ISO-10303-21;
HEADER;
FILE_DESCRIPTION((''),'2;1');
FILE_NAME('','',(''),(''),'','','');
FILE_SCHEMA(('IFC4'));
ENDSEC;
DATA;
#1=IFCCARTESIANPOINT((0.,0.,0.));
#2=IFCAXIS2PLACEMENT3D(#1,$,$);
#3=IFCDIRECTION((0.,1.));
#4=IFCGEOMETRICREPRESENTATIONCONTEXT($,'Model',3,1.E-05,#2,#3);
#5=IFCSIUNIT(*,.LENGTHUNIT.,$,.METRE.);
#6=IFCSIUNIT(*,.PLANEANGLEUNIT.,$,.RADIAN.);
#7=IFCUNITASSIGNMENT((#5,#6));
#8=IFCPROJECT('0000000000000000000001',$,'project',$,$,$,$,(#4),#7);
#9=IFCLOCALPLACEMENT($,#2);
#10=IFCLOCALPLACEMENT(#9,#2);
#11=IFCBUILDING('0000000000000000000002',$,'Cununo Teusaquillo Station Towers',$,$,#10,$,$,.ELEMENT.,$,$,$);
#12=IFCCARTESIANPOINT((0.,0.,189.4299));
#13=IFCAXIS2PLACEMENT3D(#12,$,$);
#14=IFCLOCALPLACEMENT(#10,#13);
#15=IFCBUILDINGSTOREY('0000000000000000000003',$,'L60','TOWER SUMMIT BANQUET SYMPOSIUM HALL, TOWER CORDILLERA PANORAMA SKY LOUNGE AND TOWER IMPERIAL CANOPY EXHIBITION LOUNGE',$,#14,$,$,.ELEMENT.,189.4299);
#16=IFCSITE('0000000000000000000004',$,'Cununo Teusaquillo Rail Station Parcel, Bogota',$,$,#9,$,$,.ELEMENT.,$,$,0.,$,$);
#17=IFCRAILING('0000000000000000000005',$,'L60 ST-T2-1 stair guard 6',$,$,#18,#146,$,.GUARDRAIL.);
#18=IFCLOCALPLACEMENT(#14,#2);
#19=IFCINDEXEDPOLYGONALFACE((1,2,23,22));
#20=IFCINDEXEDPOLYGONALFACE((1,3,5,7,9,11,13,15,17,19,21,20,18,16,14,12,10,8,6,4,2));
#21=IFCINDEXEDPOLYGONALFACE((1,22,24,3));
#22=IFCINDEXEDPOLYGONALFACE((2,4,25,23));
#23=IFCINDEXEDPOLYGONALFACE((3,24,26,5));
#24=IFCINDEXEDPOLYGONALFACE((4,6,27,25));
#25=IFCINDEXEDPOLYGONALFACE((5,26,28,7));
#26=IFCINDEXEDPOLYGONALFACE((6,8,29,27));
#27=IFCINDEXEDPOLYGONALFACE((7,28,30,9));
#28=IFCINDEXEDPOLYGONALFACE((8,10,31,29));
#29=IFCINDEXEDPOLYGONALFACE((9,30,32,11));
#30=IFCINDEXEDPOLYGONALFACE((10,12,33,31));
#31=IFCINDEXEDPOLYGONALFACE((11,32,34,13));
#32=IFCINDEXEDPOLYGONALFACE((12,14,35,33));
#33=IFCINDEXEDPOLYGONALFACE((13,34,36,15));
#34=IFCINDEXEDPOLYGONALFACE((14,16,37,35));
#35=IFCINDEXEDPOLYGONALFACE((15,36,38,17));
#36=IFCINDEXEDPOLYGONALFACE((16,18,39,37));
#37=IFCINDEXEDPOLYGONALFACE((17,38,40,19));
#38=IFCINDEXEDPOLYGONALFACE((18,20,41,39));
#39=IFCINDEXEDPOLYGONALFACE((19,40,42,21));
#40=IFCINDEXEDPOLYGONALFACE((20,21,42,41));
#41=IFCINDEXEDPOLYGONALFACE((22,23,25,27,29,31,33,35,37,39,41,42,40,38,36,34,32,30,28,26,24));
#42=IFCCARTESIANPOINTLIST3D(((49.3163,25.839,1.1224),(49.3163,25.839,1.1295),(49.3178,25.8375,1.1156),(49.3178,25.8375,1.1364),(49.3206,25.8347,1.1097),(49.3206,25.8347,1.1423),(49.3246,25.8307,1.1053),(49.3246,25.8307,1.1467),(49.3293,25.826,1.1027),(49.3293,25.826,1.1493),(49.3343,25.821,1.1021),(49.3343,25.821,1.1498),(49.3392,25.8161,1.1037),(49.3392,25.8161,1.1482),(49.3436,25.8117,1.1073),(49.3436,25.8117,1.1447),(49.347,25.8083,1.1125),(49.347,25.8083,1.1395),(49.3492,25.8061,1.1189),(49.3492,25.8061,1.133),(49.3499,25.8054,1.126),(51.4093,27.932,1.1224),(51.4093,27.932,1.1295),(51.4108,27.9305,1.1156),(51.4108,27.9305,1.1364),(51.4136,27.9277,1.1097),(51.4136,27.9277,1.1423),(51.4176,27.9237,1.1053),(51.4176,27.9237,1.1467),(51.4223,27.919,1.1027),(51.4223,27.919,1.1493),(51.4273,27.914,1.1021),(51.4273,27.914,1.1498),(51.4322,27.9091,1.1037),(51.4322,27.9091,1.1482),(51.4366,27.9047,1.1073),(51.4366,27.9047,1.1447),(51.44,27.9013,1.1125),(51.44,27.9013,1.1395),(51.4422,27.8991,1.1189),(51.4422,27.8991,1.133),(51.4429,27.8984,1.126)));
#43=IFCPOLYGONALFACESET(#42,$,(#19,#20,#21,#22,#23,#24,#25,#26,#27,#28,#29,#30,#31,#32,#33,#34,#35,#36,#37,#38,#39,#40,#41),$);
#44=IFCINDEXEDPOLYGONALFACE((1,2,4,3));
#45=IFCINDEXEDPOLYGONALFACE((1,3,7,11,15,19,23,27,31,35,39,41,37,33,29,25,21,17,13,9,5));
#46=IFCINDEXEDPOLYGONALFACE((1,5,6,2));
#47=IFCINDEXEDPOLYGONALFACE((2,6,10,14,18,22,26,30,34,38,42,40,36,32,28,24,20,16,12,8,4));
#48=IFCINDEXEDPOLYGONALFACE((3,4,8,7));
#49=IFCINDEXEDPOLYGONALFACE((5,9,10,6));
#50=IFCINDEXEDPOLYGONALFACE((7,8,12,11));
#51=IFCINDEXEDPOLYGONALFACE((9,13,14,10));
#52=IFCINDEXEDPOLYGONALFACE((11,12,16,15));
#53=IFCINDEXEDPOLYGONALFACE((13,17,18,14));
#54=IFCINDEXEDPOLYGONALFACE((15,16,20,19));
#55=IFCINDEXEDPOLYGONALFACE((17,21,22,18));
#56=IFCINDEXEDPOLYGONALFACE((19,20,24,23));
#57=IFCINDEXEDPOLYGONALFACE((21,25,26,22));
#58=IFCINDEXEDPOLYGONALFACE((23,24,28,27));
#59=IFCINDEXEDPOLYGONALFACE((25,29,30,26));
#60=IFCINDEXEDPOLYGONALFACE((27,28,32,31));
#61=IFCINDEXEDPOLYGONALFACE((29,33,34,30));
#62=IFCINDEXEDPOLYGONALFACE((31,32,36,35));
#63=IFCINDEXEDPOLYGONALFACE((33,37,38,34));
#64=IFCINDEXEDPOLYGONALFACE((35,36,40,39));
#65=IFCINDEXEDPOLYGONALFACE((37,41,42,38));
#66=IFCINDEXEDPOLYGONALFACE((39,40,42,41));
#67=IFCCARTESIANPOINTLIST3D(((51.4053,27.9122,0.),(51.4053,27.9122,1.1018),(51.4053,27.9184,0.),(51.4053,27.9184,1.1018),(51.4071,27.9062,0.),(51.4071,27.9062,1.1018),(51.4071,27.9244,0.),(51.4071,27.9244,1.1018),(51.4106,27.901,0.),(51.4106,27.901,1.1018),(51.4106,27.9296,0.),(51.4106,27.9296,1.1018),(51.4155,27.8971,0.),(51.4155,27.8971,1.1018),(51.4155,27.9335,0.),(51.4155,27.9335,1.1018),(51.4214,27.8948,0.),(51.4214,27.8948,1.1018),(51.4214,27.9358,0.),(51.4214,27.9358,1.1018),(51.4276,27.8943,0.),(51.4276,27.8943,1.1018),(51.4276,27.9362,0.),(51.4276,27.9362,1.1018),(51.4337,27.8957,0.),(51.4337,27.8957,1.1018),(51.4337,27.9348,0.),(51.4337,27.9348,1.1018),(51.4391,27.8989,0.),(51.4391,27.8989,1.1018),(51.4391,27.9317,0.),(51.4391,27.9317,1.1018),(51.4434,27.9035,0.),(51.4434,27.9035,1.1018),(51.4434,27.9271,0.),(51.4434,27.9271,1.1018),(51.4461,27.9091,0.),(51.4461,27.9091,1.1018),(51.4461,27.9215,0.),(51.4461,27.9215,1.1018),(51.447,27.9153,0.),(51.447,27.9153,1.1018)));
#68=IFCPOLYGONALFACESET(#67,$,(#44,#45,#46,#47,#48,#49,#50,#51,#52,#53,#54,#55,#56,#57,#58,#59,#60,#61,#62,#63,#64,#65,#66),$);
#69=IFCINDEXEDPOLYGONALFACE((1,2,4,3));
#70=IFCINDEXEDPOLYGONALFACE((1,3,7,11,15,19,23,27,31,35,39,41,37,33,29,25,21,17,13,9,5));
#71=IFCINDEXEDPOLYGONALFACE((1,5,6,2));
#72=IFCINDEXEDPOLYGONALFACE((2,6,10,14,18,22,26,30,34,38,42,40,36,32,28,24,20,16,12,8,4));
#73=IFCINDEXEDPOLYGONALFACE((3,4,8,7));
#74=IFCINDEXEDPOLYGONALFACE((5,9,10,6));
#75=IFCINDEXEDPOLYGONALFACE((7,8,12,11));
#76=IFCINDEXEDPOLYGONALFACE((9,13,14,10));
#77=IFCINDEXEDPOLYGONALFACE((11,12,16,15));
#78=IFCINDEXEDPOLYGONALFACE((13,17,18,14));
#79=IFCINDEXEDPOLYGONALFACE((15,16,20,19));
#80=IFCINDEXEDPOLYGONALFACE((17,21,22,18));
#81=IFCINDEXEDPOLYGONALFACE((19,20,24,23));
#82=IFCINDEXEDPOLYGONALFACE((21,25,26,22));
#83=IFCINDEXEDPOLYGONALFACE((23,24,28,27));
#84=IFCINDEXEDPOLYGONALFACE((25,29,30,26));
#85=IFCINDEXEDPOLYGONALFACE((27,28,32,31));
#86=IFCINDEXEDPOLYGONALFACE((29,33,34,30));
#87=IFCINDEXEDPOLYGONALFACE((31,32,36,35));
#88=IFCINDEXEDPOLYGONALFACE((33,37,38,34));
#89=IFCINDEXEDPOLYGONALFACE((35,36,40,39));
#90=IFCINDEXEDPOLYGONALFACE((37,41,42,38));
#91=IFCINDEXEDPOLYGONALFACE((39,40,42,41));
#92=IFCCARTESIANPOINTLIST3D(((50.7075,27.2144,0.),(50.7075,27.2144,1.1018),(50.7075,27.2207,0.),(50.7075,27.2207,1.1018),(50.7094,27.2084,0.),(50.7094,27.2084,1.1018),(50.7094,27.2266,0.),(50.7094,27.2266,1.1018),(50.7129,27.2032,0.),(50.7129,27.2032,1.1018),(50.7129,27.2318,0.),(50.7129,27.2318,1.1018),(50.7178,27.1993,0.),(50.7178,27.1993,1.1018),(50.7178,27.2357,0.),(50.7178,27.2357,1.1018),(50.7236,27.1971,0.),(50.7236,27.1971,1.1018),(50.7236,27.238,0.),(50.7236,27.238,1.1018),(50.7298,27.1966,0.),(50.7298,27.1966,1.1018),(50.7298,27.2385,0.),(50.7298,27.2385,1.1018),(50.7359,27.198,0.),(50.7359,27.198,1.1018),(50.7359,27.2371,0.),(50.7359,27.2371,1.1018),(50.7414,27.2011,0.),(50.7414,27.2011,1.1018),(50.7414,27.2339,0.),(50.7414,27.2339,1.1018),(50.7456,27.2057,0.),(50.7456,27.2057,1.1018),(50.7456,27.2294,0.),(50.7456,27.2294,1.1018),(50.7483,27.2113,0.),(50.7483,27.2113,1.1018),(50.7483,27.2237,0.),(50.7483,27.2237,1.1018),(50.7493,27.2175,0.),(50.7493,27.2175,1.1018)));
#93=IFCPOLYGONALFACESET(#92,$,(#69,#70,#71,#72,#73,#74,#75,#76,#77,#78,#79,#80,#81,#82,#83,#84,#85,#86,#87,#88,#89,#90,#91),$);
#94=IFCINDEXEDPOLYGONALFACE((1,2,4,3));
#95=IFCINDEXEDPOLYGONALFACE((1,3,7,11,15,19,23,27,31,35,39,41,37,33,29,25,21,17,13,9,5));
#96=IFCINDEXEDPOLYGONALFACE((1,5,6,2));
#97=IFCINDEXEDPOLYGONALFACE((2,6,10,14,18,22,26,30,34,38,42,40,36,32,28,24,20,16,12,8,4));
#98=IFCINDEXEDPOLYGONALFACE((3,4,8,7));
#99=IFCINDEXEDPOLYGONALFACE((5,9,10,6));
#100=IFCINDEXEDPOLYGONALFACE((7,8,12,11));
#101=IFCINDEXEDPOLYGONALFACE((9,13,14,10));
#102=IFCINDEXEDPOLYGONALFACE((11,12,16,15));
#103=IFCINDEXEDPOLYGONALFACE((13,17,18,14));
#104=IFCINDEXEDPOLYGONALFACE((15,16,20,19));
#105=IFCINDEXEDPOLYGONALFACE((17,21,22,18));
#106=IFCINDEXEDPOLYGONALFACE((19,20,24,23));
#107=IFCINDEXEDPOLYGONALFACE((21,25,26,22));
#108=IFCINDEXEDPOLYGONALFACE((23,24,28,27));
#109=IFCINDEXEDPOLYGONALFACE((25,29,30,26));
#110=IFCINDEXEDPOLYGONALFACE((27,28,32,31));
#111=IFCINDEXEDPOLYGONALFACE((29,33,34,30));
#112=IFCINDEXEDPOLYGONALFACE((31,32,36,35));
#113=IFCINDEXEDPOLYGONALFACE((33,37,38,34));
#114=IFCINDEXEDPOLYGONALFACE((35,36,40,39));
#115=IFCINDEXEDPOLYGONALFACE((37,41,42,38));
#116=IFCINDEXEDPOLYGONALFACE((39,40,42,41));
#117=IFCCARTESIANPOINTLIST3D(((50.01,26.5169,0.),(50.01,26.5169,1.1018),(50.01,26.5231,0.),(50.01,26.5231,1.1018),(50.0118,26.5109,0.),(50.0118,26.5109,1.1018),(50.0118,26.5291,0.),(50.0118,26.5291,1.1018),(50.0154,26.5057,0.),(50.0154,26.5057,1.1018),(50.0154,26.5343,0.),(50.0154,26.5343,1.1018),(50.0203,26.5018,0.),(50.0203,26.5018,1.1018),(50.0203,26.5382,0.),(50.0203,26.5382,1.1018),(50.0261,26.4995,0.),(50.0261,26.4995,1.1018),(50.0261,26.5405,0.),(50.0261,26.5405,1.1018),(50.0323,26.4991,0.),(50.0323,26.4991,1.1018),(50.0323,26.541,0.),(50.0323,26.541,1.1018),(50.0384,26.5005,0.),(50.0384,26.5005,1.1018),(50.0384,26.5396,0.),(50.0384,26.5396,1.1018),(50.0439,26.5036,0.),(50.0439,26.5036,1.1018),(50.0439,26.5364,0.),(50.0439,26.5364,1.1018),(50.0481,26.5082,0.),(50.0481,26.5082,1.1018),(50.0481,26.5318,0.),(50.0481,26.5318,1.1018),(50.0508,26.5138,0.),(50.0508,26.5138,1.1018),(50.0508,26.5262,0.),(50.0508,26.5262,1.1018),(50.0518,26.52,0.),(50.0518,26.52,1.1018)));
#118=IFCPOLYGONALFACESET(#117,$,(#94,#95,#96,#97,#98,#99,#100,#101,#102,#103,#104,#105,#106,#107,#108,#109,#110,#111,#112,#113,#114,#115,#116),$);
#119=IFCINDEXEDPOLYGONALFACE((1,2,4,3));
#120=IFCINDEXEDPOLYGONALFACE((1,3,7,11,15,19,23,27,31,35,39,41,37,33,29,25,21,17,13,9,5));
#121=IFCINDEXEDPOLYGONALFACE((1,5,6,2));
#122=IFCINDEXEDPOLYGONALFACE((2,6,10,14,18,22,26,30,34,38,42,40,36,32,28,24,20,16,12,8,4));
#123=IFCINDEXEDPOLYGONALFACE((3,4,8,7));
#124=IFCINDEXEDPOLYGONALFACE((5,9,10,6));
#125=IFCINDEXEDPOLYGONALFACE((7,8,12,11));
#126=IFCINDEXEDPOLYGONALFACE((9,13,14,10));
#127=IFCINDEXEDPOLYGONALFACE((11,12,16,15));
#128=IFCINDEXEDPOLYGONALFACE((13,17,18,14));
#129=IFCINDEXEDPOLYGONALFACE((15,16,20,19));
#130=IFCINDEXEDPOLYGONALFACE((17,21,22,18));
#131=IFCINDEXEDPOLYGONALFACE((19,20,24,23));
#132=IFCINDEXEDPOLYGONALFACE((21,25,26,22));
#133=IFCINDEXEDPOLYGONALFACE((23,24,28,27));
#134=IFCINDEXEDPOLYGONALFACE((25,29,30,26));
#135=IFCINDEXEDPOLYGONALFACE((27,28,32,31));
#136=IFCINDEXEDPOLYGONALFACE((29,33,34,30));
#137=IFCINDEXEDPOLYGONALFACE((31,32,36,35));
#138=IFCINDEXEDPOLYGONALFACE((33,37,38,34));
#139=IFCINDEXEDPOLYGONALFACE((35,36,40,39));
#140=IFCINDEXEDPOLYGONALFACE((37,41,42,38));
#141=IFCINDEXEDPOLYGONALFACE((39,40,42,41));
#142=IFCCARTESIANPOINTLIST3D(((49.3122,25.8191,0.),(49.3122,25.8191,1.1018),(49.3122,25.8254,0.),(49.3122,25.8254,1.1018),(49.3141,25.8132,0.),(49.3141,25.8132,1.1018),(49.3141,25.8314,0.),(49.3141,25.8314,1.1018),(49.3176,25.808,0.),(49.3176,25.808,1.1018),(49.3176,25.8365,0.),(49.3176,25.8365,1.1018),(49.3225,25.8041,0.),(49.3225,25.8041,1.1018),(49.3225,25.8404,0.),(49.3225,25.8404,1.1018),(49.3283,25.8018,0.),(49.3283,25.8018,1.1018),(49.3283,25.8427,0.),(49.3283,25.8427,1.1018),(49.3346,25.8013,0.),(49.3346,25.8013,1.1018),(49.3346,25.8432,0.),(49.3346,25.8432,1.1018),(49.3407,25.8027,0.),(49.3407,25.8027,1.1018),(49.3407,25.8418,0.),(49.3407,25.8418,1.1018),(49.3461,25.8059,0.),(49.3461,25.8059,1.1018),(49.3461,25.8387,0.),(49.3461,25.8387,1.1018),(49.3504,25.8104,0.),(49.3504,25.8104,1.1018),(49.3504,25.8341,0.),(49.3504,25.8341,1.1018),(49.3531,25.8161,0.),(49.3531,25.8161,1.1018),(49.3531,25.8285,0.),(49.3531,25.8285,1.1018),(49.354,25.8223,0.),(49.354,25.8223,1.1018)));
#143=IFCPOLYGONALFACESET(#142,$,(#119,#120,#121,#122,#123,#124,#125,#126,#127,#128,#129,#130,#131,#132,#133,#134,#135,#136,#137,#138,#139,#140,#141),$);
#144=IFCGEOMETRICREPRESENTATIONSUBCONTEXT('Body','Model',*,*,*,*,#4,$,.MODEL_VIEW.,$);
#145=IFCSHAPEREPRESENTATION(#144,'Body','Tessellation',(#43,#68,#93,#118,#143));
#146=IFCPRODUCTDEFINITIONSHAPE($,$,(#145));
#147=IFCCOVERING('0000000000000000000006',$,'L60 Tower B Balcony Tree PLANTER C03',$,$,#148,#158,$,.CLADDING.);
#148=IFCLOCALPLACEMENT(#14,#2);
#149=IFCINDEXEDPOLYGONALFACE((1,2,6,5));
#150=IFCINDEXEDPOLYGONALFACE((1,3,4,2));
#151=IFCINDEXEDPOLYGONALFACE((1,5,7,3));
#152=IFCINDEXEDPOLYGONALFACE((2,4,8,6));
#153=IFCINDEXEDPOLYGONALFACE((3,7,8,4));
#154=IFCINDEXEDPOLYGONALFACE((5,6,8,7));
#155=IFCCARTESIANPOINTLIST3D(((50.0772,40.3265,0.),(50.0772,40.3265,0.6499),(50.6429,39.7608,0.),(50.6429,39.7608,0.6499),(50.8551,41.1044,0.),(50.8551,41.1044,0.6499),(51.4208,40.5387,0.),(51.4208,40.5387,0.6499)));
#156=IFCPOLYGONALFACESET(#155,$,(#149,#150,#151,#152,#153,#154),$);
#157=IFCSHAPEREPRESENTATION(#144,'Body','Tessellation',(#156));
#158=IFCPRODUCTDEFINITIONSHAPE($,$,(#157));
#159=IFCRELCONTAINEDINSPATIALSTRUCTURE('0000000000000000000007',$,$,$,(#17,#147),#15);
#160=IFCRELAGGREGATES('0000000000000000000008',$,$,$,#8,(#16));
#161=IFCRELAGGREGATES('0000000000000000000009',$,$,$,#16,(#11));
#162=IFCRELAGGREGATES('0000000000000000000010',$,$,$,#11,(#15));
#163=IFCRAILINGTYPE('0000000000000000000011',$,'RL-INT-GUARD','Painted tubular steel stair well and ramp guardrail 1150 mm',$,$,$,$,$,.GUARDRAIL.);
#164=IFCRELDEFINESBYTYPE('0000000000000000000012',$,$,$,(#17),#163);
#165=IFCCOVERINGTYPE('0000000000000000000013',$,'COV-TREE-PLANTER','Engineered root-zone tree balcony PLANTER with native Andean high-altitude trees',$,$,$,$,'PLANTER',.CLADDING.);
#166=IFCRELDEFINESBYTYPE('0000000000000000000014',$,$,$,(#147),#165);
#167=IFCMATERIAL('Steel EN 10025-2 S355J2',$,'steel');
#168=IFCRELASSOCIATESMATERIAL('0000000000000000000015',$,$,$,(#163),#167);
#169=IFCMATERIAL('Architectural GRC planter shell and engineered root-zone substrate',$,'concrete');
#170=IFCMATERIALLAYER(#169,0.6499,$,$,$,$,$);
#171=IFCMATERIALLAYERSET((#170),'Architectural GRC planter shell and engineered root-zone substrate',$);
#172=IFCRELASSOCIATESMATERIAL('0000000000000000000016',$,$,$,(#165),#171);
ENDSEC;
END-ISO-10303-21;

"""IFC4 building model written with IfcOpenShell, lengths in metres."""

from ifc_helpers import new_model, si_unit, direction, frame, origin, origin_2d, place, context, subcontext, project, spatial, rectangle, circle, extrude, source, transform, mapped, material, layer, layer_set, type_object, element, save


model = new_model("IFC4")

# Units and contexts
model_context = context("Model", 3, precision=1e-05, world=origin(), true_north=direction((0.0, 1.0)))
body_context = subcontext(model_context, "Body", "Model", "MODEL_VIEW")
ifc_project = project(units=[si_unit("LENGTHUNIT", "METRE"), si_unit("PLANEANGLEUNIT", "RADIAN")], contexts=[model_context])

# Site, building, storey
site_placement = place(None, origin())
site = spatial("IfcSite", under=ifc_project, at=site_placement, Name="Cununo Teusaquillo Rail Station Parcel, Bogota", CompositionType="ELEMENT", RefElevation=0.0)
building_placement = place(site_placement, origin())
building = spatial("IfcBuilding", under=site, at=building_placement, Name="Cununo Teusaquillo Station Towers", CompositionType="ELEMENT")
storey_placement = place(building_placement, frame((0.0, 0.0, 189.4299)))
storey = spatial("IfcBuildingStorey", under=building, at=storey_placement, Name="L60", Description="TOWER SUMMIT BANQUET SYMPOSIUM HALL, TOWER CORDILLERA PANORAMA SKY LOUNGE AND TOWER IMPERIAL CANOPY EXHIBITION LOUNGE", CompositionType="ELEMENT", Elevation=189.4299)

# Railing
ifc_material_1 = material(Name="Steel EN 10025-2 S355J2", Category="steel")
railing_type_1 = type_object("IfcRailingType", Name="RL-INT-GUARD", Description="Painted tubular steel stair well and ramp guardrail 1150 mm", PredefinedType="GUARDRAIL", material=ifc_material_1)
railing_1_placement = place(storey_placement, frame((51.426, 27.9153, 0.0)))
element("IfcRailing", 1, at=railing_1_placement, inside=storey, type_object=railing_type_1, Name="L60 ST-T2-1 stair guard 6", PredefinedType="GUARDRAIL", context=body_context, shape_type="SweptSolid", body=[
    extrude(circle(Radius=0.0239, at=origin_2d()), frame((0.0, 0.0, 1.126), z_axis=(-0.707107, -0.707107, 0.0), x_axis=(0.707107, -0.707107, 0.0)), (0.0, 0.0, 1.0), 2.96),
    extrude(circle(Radius=0.021, at=origin_2d()), origin(), (0.0, 0.0, 1.0), 1.1018),
    extrude(circle(Radius=0.021, at=origin_2d()), frame((-0.6978, -0.6978, 0.0)), (0.0, 0.0, 1.0), 1.1018),
    extrude(circle(Radius=0.021, at=origin_2d()), frame((-1.3953, -1.3953, 0.0)), (0.0, 0.0, 1.0), 1.1018),
    extrude(circle(Radius=0.021, at=origin_2d()), frame((-2.093, -2.093, 0.0)), (0.0, 0.0, 1.0), 1.1018),
])

# Covering
ifc_material_2 = material(Name="Architectural GRC planter shell and engineered root-zone substrate", Category="concrete")
ifc_layer_1 = layer(ifc_material_2, 0.6499)
ifc_layer_set_1 = layer_set([ifc_layer_1], Name="Architectural GRC planter shell and engineered root-zone substrate")
covering_type = type_object("IfcCoveringType", Name="COV-TREE-PLANTER", Description="Engineered root-zone tree balcony PLANTER with native Andean high-altitude trees", ElementType="PLANTER", PredefinedType="CLADDING", material=ifc_layer_set_1)
shared_shape_1 = source(origin(), body_context, "Body", "SweptSolid", [
    extrude(rectangle(XDim=1.1001, YDim=0.8, at=origin_2d()), origin(), (0.0, 0.0, 1.0), 0.6499),
])
covering_placement = place(storey_placement, frame((50.749, 40.4326, 0.0), z_axis=(0.0, 0.0, 1.0), x_axis=(0.707107, 0.707107, 0.0)))
element("IfcCovering", 2, at=covering_placement, inside=storey, type_object=covering_type, Name="L60 Tower B Balcony Tree PLANTER C03", PredefinedType="CLADDING", context=body_context, shape_type="MappedRepresentation", body=[
    mapped(shared_shape_1, transform((0.0, 0.0, 0.0), x_axis=(1.0, 0.0, 0.0), y_axis=(0.0, 1.0, 0.0), z_axis=(0.0, 0.0, 1.0), scale=1.0)),
])

save(model, "model.ifc")
